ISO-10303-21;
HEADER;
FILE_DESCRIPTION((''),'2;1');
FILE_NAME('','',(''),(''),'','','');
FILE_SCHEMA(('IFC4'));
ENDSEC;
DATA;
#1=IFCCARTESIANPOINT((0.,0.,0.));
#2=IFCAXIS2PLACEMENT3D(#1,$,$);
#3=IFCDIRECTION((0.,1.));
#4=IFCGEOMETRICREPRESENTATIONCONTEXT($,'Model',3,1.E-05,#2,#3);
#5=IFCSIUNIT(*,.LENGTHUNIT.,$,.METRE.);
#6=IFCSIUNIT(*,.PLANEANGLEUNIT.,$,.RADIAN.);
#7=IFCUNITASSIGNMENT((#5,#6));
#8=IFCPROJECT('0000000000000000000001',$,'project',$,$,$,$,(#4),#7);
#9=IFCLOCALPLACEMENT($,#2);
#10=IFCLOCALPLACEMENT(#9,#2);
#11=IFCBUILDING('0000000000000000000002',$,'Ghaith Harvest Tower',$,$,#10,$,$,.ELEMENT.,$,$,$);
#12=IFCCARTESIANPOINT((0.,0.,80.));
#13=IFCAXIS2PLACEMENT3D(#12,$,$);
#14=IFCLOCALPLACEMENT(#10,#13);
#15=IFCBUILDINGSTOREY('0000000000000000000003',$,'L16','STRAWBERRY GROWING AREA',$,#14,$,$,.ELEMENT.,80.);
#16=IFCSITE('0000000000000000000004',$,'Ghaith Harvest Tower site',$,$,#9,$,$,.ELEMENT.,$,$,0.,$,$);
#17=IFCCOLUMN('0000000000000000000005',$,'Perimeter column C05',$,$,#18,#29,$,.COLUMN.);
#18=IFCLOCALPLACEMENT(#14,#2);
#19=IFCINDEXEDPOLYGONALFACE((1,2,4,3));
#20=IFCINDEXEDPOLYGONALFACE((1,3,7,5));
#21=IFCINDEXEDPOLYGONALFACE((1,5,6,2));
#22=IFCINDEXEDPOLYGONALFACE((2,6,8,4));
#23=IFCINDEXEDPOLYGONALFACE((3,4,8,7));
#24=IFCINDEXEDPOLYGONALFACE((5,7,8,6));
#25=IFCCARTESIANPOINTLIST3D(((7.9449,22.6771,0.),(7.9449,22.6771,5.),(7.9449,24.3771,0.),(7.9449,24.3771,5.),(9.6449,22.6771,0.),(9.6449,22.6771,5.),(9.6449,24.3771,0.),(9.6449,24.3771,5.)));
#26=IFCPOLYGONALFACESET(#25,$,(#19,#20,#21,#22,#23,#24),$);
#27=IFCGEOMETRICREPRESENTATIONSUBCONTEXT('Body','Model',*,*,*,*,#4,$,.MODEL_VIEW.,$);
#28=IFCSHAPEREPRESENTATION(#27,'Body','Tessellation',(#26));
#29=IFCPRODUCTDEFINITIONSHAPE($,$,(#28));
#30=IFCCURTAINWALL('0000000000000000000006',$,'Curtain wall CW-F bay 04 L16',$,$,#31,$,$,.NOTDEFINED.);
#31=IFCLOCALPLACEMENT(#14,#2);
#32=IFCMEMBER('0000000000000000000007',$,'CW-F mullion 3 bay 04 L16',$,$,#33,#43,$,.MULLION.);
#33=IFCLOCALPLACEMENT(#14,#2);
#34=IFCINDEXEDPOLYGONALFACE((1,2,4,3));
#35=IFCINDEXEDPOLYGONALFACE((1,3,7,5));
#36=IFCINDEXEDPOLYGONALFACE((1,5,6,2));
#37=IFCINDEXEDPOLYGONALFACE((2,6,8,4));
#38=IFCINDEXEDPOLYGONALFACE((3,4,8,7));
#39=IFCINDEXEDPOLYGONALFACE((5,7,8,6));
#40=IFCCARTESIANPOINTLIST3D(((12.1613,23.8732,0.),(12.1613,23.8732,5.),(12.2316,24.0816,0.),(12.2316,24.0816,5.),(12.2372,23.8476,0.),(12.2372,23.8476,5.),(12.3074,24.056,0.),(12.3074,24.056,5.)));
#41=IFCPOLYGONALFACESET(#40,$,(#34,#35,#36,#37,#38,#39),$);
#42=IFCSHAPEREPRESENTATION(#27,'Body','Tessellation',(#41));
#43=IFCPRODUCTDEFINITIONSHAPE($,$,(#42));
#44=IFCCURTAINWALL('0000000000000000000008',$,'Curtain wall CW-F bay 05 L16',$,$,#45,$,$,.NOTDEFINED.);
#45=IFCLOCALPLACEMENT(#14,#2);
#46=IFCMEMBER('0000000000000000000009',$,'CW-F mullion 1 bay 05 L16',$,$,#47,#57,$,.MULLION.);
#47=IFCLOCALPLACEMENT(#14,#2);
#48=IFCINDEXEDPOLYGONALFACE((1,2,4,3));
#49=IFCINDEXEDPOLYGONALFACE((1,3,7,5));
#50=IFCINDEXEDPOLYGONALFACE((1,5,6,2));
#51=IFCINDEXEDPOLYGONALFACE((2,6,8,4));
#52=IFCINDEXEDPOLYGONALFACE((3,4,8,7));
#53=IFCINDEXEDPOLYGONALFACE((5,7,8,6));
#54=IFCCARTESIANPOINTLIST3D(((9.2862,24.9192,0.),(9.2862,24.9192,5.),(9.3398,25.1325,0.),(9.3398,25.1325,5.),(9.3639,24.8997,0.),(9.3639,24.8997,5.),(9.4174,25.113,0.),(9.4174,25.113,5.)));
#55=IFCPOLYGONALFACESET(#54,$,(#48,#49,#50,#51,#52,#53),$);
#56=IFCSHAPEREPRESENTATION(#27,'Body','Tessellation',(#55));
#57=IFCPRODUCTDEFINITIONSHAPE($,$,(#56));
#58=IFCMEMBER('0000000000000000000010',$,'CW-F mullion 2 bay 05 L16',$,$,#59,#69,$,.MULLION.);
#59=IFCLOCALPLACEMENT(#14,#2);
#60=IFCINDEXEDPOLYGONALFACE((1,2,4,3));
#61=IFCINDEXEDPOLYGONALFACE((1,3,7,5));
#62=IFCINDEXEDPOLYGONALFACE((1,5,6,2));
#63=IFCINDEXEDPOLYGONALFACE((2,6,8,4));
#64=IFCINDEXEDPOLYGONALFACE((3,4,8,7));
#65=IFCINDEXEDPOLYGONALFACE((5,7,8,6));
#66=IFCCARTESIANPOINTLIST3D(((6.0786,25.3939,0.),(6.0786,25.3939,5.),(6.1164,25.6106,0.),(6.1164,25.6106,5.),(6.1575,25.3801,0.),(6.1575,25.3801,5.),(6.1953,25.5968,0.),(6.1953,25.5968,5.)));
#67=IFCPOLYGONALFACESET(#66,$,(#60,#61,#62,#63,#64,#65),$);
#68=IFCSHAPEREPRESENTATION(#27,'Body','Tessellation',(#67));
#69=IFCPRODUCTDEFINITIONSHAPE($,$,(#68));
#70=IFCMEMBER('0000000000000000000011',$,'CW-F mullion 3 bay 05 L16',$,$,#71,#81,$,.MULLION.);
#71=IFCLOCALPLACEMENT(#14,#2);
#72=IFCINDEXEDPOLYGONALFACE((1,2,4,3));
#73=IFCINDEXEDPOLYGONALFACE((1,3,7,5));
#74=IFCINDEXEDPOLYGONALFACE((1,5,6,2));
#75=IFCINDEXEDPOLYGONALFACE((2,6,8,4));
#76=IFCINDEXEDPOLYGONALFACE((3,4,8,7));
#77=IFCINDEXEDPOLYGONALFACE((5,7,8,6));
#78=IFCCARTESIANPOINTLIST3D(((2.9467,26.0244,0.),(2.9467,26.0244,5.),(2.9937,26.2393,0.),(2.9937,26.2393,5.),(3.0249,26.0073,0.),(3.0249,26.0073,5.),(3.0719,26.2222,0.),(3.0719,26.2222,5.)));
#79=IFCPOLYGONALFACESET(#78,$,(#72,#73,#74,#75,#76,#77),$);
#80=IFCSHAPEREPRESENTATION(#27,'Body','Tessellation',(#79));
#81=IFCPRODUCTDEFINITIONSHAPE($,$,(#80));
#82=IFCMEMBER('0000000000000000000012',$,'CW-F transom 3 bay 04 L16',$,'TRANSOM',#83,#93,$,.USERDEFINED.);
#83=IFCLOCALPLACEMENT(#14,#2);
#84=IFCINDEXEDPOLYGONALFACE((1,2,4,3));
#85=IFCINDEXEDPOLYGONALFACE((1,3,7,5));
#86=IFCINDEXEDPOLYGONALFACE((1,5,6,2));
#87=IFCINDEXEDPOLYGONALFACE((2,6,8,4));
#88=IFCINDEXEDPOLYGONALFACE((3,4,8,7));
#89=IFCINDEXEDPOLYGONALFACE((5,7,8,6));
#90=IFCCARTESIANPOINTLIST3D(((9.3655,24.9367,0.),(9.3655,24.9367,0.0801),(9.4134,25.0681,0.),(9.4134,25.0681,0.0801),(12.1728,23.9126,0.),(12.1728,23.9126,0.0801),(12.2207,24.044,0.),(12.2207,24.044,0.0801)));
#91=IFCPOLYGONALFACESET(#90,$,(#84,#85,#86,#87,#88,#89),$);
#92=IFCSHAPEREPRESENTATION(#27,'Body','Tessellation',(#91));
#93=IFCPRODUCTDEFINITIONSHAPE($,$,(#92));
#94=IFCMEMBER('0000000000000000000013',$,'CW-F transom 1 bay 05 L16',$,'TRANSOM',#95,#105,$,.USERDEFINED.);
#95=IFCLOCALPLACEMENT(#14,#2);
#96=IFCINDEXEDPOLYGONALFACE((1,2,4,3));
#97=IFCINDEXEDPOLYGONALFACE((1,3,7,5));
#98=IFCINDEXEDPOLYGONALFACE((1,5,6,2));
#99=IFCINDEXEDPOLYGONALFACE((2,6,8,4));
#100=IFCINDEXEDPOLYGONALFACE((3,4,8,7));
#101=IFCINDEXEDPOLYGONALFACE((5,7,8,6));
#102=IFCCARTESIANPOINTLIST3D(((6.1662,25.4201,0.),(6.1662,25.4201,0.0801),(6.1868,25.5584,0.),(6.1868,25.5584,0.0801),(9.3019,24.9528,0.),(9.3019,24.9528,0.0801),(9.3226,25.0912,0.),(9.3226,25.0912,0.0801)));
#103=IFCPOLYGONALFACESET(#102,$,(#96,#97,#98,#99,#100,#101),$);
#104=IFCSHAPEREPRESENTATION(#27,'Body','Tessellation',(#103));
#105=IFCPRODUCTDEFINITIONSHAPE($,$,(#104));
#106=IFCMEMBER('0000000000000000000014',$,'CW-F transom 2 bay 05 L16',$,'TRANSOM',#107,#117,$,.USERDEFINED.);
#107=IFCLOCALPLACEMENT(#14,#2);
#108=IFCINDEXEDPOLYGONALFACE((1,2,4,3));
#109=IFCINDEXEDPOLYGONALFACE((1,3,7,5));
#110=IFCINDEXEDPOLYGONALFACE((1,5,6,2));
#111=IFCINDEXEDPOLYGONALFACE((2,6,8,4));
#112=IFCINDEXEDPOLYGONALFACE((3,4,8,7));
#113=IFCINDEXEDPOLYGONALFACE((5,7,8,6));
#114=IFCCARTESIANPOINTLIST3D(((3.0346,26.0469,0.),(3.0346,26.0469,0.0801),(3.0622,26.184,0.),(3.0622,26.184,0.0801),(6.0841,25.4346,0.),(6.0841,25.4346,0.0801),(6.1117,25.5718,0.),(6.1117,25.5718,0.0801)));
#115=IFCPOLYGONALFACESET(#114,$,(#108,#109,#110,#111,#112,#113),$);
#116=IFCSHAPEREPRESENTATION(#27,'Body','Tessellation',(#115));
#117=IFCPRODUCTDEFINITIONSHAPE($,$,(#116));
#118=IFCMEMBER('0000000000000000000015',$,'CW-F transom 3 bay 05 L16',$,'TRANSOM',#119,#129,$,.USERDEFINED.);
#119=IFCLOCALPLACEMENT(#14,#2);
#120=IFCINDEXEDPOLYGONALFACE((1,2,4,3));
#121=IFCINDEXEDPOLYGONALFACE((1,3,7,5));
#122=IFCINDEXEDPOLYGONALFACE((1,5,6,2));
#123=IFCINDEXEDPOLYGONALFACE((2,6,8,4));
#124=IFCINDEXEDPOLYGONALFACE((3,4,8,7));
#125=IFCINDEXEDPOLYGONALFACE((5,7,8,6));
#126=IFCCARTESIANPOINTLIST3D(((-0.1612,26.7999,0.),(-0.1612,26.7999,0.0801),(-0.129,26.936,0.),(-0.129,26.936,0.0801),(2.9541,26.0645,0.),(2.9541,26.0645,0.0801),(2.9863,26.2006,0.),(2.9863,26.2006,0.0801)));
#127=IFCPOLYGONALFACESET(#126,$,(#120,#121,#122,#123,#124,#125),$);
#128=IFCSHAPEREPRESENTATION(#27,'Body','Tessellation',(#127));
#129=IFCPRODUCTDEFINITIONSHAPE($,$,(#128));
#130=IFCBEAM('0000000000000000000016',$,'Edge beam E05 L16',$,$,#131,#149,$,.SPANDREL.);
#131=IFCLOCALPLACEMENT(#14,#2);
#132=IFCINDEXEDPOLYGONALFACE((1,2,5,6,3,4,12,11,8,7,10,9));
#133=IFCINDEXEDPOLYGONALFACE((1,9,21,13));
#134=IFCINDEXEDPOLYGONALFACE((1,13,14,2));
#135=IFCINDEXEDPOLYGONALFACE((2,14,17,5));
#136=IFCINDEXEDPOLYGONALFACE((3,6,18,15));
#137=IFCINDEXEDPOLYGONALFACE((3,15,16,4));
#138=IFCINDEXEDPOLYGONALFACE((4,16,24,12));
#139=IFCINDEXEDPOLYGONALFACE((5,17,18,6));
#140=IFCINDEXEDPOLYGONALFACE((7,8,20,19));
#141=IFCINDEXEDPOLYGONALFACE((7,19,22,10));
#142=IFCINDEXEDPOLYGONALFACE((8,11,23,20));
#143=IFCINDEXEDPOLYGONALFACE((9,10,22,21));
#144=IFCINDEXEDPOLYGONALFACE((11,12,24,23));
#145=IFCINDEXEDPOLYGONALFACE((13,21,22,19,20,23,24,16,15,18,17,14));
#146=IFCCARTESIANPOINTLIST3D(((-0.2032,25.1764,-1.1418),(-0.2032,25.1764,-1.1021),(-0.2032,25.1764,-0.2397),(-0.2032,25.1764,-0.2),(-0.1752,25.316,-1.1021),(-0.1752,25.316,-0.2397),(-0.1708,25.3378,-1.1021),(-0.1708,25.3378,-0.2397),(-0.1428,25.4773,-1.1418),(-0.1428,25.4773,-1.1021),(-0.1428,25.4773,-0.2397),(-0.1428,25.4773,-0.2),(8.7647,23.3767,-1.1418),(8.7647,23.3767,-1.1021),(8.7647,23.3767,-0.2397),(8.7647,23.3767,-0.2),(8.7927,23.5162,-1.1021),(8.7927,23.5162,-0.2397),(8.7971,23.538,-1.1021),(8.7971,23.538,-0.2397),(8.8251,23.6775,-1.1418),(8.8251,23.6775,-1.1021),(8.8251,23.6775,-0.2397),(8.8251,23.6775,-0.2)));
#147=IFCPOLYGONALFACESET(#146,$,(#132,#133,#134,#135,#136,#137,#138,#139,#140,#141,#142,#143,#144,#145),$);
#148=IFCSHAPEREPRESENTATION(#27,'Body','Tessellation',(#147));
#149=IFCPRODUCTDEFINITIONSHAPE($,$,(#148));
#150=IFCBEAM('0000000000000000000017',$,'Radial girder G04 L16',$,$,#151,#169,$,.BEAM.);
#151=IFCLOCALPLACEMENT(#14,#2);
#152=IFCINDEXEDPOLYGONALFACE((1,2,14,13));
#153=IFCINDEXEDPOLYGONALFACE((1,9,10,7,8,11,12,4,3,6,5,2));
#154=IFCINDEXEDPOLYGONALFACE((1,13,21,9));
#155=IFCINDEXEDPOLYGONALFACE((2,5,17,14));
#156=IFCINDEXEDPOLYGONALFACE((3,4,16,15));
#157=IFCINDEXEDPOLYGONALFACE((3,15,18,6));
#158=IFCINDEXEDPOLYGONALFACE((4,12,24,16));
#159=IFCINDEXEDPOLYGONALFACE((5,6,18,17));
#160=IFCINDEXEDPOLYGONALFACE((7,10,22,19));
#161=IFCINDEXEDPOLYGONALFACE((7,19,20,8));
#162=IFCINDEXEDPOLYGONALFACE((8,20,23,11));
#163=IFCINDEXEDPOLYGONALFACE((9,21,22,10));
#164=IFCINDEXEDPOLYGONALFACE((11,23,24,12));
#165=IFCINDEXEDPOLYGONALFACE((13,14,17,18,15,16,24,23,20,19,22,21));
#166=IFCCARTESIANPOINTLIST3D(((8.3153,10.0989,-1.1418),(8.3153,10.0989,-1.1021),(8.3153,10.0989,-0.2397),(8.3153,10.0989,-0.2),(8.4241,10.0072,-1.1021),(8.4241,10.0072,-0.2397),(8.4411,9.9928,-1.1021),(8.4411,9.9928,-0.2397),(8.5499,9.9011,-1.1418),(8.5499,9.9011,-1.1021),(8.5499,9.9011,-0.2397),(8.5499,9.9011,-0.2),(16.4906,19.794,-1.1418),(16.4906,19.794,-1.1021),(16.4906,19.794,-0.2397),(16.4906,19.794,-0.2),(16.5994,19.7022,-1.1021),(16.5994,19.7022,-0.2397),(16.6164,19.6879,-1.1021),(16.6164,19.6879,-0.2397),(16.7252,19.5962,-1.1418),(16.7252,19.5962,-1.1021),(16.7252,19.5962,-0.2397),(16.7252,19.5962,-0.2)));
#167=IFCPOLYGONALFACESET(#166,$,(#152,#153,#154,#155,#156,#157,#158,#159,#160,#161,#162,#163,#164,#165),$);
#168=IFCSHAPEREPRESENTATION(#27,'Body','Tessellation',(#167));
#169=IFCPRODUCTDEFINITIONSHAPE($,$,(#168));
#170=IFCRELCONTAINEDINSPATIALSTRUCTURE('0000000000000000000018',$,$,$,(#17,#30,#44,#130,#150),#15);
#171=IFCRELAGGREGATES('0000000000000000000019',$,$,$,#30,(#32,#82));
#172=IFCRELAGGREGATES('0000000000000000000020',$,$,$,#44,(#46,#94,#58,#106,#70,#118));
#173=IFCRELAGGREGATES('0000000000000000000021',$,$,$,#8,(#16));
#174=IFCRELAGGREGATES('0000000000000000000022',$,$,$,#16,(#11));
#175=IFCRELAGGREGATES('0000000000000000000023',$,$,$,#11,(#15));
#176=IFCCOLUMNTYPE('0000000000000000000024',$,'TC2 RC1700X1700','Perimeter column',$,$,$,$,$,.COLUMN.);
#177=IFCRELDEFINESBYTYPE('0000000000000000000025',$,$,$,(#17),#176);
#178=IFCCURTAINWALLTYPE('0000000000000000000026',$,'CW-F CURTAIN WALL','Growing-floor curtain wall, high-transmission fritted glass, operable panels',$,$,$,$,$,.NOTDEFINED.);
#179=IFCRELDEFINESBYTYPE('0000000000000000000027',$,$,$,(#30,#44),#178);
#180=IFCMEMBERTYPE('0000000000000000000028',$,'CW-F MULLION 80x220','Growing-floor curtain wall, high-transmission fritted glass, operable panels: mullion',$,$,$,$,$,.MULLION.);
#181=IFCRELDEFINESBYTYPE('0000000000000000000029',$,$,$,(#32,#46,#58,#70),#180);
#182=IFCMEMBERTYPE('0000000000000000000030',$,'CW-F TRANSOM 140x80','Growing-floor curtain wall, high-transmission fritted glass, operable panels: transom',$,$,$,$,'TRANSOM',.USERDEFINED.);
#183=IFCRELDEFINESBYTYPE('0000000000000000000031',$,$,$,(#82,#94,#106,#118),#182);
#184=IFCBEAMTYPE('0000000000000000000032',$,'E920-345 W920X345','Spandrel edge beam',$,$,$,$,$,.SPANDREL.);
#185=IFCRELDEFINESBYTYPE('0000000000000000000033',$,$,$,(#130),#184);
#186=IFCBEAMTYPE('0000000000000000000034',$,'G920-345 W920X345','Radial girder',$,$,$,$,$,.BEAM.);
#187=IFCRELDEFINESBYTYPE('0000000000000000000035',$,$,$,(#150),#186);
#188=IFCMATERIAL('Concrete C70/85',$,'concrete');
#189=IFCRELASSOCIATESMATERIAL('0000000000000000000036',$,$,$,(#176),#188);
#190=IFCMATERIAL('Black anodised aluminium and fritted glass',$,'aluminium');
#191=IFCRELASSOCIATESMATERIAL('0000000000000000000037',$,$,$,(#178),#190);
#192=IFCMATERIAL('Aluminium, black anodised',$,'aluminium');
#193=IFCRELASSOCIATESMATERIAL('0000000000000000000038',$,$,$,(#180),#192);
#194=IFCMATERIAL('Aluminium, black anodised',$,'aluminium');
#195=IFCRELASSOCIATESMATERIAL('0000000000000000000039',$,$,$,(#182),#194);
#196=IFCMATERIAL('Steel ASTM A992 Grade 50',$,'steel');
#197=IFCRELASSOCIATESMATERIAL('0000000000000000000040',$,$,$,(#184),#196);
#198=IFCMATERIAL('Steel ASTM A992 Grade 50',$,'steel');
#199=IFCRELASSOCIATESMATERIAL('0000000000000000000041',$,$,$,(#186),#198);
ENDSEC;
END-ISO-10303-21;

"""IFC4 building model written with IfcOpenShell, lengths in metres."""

from ifc_helpers import new_model, si_unit, direction, frame, origin, origin_2d, place, context, subcontext, project, spatial, rectangle, i_section, extrude, material, material_profile, profile_set, type_object, element, aggregate, save


model = new_model("IFC4")

# Units and contexts
model_context = context("Model", 3, precision=1e-05, world=origin(), true_north=direction((0.0, 1.0)))
body_context = subcontext(model_context, "Body", "Model", "MODEL_VIEW")
ifc_project = project(units=[si_unit("LENGTHUNIT", "METRE"), si_unit("PLANEANGLEUNIT", "RADIAN")], contexts=[model_context])

# Site, building, storey
site_placement = place(None, origin())
site = spatial("IfcSite", under=ifc_project, at=site_placement, Name="Ghaith Harvest Tower site", CompositionType="ELEMENT", RefElevation=0.0)
building_placement = place(site_placement, origin())
building = spatial("IfcBuilding", under=site, at=building_placement, Name="Ghaith Harvest Tower", CompositionType="ELEMENT")
storey_placement = place(building_placement, frame((0.0, 0.0, 80.0)))
storey = spatial("IfcBuildingStorey", under=building, at=storey_placement, Name="L16", Description="STRAWBERRY GROWING AREA", CompositionType="ELEMENT", Elevation=80.0)

# Column
ifc_material_1 = material(Name="Concrete C70/85", Category="concrete")
ifc_material_profile_1 = material_profile(ifc_material_1, rectangle(XDim=1.7, YDim=1.7, at=origin_2d()), Name="RC1700X1700")
ifc_profile_set_1 = profile_set([ifc_material_profile_1], Name="Concrete C70/85")
column_type = type_object("IfcColumnType", Name="TC2 RC1700X1700", Description="Perimeter column", PredefinedType="COLUMN", material=ifc_profile_set_1)
column_placement = place(storey_placement, frame((8.7949, 23.5271, 0.0), z_axis=(0.0, 0.0, 1.0), x_axis=(1.0, 0.0, 0.0)))
element("IfcColumn", 1, at=column_placement, inside=storey, type_object=column_type, Name="Perimeter column C05", PredefinedType="COLUMN", context=body_context, shape_type="SweptSolid", body=[
    extrude(rectangle(XDim=1.7, YDim=1.7, at=origin_2d()), origin(), (0.0, 0.0, 1.0), 5.0),
])

# Curtain wall, member
ifc_material_2 = material(Name="Black anodised aluminium and fritted glass", Category="aluminium")
curtain_wall_type = type_object("IfcCurtainWallType", Name="CW-F CURTAIN WALL", Description="Growing-floor curtain wall, high-transmission fritted glass, operable panels", PredefinedType="NOTDEFINED", material=ifc_material_2)
curtain_wall_1_placement = place(storey_placement, origin())
curtain_wall_1 = element("IfcCurtainWall", 2, at=curtain_wall_1_placement, inside=storey, type_object=curtain_wall_type, Name="Curtain wall CW-F bay 04 L16", PredefinedType="NOTDEFINED")
ifc_material_3 = material(Name="Aluminium, black anodised", Category="aluminium")
ifc_material_profile_2 = material_profile(ifc_material_3, rectangle(XDim=0.0801, YDim=0.22, at=origin_2d()), Name="CW-F MULLION 80x220")
ifc_profile_set_2 = profile_set([ifc_material_profile_2], Name="Aluminium, black anodised")
member_type_1 = type_object("IfcMemberType", Name="CW-F MULLION 80x220", Description="Growing-floor curtain wall, high-transmission fritted glass, operable panels: mullion", PredefinedType="MULLION", material=ifc_profile_set_2)
member_1_placement = place(storey_placement, frame((12.2344, 23.9646, 0.0), z_axis=(0.0, 0.0, 1.0), x_axis=(-0.947653, 0.319301, 0.0)))
member_1 = element("IfcMember", 3, at=member_1_placement, type_object=member_type_1, Name="CW-F mullion 3 bay 04 L16", PredefinedType="MULLION", context=body_context, shape_type="SweptSolid", body=[
    extrude(rectangle(XDim=0.0801, YDim=0.22, at=origin_2d()), origin(), (0.0, 0.0, 1.0), 5.0),
])

# Curtain wall, members
curtain_wall_2_placement = place(storey_placement, origin())
curtain_wall_2 = element("IfcCurtainWall", 4, at=curtain_wall_2_placement, inside=storey, type_object=curtain_wall_type, Name="Curtain wall CW-F bay 05 L16", PredefinedType="NOTDEFINED")
member_2_placement = place(storey_placement, frame((9.3518, 25.0161, 0.0), z_axis=(0.0, 0.0, 1.0), x_axis=(-0.969903, 0.24349, 0.0)))
member_2 = element("IfcMember", 5, at=member_2_placement, type_object=member_type_1, Name="CW-F mullion 1 bay 05 L16", PredefinedType="MULLION", context=body_context, shape_type="SweptSolid", body=[
    extrude(rectangle(XDim=0.0801, YDim=0.22, at=origin_2d()), origin(), (0.0, 0.0, 1.0), 5.0),
])
member_3_placement = place(storey_placement, frame((6.137, 25.4954, 0.0), z_axis=(0.0, 0.0, 1.0), x_axis=(-0.985104, 0.171961, 0.0)))
member_3 = element("IfcMember", 6, at=member_3_placement, type_object=member_type_1, Name="CW-F mullion 2 bay 05 L16", PredefinedType="MULLION", context=body_context, shape_type="SweptSolid", body=[
    extrude(rectangle(XDim=0.0801, YDim=0.22, at=origin_2d()), origin(), (0.0, 0.0, 1.0), 5.0),
])
member_4_placement = place(storey_placement, frame((3.0093, 26.1233, 0.0), z_axis=(0.0, 0.0, 1.0), x_axis=(-0.976927, 0.213572, 0.0)))
member_4 = element("IfcMember", 7, at=member_4_placement, type_object=member_type_1, Name="CW-F mullion 3 bay 05 L16", PredefinedType="MULLION", context=body_context, shape_type="SweptSolid", body=[
    extrude(rectangle(XDim=0.0801, YDim=0.22, at=origin_2d()), origin(), (0.0, 0.0, 1.0), 5.0),
])

# Members
ifc_material_4 = material(Name="Aluminium, black anodised", Category="aluminium")
ifc_material_profile_3 = material_profile(ifc_material_4, rectangle(XDim=0.1399, YDim=0.0801, at=origin_2d()), Name="CW-F TRANSOM 140x80")
ifc_profile_set_3 = profile_set([ifc_material_profile_3], Name="Aluminium, black anodised")
member_type_2 = type_object("IfcMemberType", Name="CW-F TRANSOM 140x80", Description="Growing-floor curtain wall, high-transmission fritted glass, operable panels: transom", ElementType="TRANSOM", PredefinedType="USERDEFINED", material=ifc_profile_set_3)
member_5_placement = place(storey_placement, frame((12.1968, 23.9783, 0.04), z_axis=(-0.939438, 0.34272, 0.0), x_axis=(-0.34272, -0.939438, 0.0)))
member_5 = element("IfcMember", 8, at=member_5_placement, type_object=member_type_2, Name="CW-F transom 3 bay 04 L16", ObjectType="TRANSOM", PredefinedType="USERDEFINED", context=body_context, shape_type="SweptSolid", body=[
    extrude(rectangle(XDim=0.1399, YDim=0.0801, at=origin_2d()), origin(), (0.0, 0.0, 1.0), 2.9883),
])
member_6_placement = place(storey_placement, frame((9.3123, 25.022, 0.04), z_axis=(-0.989078, 0.147391, 0.0), x_axis=(-0.147391, -0.989078, 0.0)))
member_6 = element("IfcMember", 9, at=member_6_placement, type_object=member_type_2, Name="CW-F transom 1 bay 05 L16", ObjectType="TRANSOM", PredefinedType="USERDEFINED", context=body_context, shape_type="SweptSolid", body=[
    extrude(rectangle(XDim=0.1399, YDim=0.0801, at=origin_2d()), origin(), (0.0, 0.0, 1.0), 3.1704),
])
member_7_placement = place(storey_placement, frame((6.0979, 25.5032, 0.04), z_axis=(-0.980432, 0.196856, 0.0), x_axis=(-0.196856, -0.980432, 0.0)))
member_7 = element("IfcMember", 10, at=member_7_placement, type_object=member_type_2, Name="CW-F transom 2 bay 05 L16", ObjectType="TRANSOM", PredefinedType="USERDEFINED", context=body_context, shape_type="SweptSolid", body=[
    extrude(rectangle(XDim=0.1399, YDim=0.0801, at=origin_2d()), origin(), (0.0, 0.0, 1.0), 3.1104),
])
member_8_placement = place(storey_placement, frame((2.9702, 26.1326, 0.04), z_axis=(-0.973253, 0.229736, 0.0), x_axis=(-0.229736, -0.973253, 0.0)))
member_8 = element("IfcMember", 11, at=member_8_placement, type_object=member_type_2, Name="CW-F transom 3 bay 05 L16", ObjectType="TRANSOM", PredefinedType="USERDEFINED", context=body_context, shape_type="SweptSolid", body=[
    extrude(rectangle(XDim=0.1399, YDim=0.0801, at=origin_2d()), origin(), (0.0, 0.0, 1.0), 3.2009),
])

# Beams
ifc_material_5 = material(Name="Steel ASTM A992 Grade 50", Category="steel")
ifc_material_profile_4 = material_profile(ifc_material_5, i_section(OverallWidth=0.3069, OverallDepth=0.9419, WebThickness=0.0222, FlangeThickness=0.0398, at=origin_2d()), Name="W920X345")
ifc_profile_set_4 = profile_set([ifc_material_profile_4], Name="Steel ASTM A992 Grade 50")
beam_type_1 = type_object("IfcBeamType", Name="E920-345 W920X345", Description="Spandrel edge beam", PredefinedType="SPANDREL", material=ifc_profile_set_4)
beam_1_placement = place(storey_placement, frame((8.7949, 23.5271, -0.6709), z_axis=(-0.98045, 0.196768, 0.0), x_axis=(-0.196768, -0.98045, 0.0)))
element("IfcBeam", 12, at=beam_1_placement, inside=storey, type_object=beam_type_1, Name="Edge beam E05 L16", PredefinedType="SPANDREL", context=body_context, shape_type="SweptSolid", body=[
    extrude(i_section(OverallWidth=0.3069, OverallDepth=0.9419, WebThickness=0.0222, FlangeThickness=0.0398, at=origin_2d()), origin(), (0.0, 0.0, 1.0), 9.1467),
])
ifc_material_6 = material(Name="Steel ASTM A992 Grade 50", Category="steel")
ifc_material_profile_5 = material_profile(ifc_material_6, i_section(OverallWidth=0.3069, OverallDepth=0.9419, WebThickness=0.0222, FlangeThickness=0.0398, at=origin_2d()), Name="W920X345")
ifc_profile_set_5 = profile_set([ifc_material_profile_5], Name="Steel ASTM A992 Grade 50")
beam_type_2 = type_object("IfcBeamType", Name="G920-345 W920X345", Description="Radial girder", PredefinedType="BEAM", material=ifc_profile_set_5)
beam_2_placement = place(storey_placement, frame((8.4326, 10.0, -0.6709), z_axis=(0.644644, 0.764483, 0.0), x_axis=(-0.764483, 0.644644, 0.0)))
element("IfcBeam", 13, at=beam_2_placement, inside=storey, type_object=beam_type_2, Name="Radial girder G04 L16", PredefinedType="BEAM", context=body_context, shape_type="SweptSolid", body=[
    extrude(i_section(OverallWidth=0.3069, OverallDepth=0.9419, WebThickness=0.0222, FlangeThickness=0.0398, at=origin_2d()), origin(), (0.0, 0.0, 1.0), 12.6819),
])

aggregate(curtain_wall_1, [member_1, member_5])
aggregate(curtain_wall_2, [member_2, member_6, member_3, member_7, member_4, member_8])

save(model, "model.ifc")
